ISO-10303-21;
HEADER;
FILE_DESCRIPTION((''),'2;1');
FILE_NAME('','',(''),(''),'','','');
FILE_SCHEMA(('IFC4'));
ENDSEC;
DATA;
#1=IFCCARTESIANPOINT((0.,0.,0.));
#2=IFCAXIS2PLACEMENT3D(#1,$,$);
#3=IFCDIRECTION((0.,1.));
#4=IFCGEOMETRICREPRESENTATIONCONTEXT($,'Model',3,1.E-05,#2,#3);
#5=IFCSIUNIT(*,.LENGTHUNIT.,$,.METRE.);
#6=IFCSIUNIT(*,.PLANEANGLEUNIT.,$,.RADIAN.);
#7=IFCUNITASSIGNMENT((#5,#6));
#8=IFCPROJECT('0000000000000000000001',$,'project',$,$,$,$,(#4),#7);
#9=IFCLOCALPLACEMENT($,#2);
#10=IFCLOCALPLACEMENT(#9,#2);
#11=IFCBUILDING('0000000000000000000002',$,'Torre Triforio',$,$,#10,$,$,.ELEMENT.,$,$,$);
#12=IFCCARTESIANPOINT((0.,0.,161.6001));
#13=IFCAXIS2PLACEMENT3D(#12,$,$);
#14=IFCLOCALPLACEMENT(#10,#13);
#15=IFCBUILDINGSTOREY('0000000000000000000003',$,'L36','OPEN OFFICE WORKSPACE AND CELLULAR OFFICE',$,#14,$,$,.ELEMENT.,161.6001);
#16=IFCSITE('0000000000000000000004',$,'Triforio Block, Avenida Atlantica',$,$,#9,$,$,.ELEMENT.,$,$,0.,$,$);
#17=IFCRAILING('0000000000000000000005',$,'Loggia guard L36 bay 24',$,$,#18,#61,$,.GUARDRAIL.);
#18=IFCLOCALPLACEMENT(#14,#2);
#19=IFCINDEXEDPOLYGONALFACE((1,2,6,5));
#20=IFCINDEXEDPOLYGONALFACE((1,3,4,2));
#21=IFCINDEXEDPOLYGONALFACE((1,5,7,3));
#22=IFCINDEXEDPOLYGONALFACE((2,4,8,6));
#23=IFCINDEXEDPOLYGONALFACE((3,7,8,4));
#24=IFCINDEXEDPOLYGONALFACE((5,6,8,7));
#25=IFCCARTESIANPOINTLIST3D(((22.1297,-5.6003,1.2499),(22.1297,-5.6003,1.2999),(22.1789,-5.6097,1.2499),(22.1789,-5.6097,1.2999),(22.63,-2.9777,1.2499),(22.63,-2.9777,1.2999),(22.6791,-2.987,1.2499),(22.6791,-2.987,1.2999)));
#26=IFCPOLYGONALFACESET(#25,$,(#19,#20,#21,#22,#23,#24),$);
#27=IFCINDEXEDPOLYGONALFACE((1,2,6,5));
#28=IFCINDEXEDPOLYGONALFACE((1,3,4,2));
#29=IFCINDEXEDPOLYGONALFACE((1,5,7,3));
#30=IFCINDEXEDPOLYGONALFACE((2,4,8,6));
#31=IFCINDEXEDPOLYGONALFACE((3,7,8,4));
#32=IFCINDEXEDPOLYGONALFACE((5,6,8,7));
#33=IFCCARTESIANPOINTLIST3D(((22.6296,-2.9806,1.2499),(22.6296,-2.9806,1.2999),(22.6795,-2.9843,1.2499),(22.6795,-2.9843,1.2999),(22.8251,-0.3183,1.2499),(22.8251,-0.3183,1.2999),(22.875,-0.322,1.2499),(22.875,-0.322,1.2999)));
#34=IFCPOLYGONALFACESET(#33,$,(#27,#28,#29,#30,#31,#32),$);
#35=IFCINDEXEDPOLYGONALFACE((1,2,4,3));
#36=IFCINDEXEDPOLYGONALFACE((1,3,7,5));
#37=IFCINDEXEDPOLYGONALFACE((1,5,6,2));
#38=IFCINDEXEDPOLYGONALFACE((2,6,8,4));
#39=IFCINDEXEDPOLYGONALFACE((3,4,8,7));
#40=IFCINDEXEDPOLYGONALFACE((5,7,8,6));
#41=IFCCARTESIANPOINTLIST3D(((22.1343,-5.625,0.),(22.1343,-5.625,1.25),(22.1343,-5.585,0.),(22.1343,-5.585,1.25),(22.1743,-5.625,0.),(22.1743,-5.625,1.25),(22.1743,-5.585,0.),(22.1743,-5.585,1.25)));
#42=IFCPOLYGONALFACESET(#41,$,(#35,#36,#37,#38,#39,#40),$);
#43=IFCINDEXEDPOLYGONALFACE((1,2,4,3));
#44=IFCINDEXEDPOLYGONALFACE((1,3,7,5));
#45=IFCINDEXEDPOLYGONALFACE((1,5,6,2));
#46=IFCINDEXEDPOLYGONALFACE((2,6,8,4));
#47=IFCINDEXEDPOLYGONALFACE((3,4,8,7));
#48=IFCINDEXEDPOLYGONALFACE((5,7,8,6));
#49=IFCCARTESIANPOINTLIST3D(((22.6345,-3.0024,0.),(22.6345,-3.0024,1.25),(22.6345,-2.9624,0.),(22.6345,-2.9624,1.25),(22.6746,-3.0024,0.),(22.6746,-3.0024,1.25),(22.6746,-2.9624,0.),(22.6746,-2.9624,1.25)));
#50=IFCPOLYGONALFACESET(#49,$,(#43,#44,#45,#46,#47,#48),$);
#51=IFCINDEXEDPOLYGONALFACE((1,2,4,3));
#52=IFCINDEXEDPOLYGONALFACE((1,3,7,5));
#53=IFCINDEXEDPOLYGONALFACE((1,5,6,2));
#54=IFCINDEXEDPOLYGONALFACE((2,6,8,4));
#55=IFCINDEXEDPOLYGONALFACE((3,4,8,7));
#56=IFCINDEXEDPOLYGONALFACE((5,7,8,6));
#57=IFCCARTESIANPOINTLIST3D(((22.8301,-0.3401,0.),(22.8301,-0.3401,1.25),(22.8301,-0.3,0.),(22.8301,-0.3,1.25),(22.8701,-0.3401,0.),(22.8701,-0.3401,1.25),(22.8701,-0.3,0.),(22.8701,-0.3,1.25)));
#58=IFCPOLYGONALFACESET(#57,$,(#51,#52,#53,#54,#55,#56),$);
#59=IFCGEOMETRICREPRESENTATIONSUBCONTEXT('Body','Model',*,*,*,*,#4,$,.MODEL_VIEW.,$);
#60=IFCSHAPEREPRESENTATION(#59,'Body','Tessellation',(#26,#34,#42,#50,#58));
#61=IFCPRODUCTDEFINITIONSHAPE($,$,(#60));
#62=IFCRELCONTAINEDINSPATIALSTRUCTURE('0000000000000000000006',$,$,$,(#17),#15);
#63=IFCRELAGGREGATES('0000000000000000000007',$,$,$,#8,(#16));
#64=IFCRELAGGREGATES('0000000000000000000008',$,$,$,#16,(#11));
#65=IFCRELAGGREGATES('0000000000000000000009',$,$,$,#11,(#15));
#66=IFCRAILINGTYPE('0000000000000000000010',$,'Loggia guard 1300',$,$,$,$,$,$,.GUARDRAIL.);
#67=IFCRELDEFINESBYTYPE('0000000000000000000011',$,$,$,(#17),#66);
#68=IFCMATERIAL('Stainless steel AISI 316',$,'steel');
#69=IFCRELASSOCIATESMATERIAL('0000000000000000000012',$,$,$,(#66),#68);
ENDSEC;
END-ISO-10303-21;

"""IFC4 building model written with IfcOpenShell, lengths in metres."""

from ifc_helpers import new_model, si_unit, direction, frame, origin, origin_2d, place, context, subcontext, project, spatial, rectangle, extrude, material, type_object, element, save


model = new_model("IFC4")

# Units and contexts
model_context = context("Model", 3, precision=1e-05, world=origin(), true_north=direction((0.0, 1.0)))
body_context = subcontext(model_context, "Body", "Model", "MODEL_VIEW")
ifc_project = project(units=[si_unit("LENGTHUNIT", "METRE"), si_unit("PLANEANGLEUNIT", "RADIAN")], contexts=[model_context])

# Site, building, storey
site_placement = place(None, origin())
site = spatial("IfcSite", under=ifc_project, at=site_placement, Name="Triforio Block, Avenida Atlantica", CompositionType="ELEMENT", RefElevation=0.0)
building_placement = place(site_placement, origin())
building = spatial("IfcBuilding", under=site, at=building_placement, Name="Torre Triforio", CompositionType="ELEMENT")
storey_placement = place(building_placement, frame((0.0, 0.0, 161.6001)))
storey = spatial("IfcBuildingStorey", under=building, at=storey_placement, Name="L36", Description="OPEN OFFICE WORKSPACE AND CELLULAR OFFICE", CompositionType="ELEMENT", Elevation=161.6001)

# Railing
ifc_material_1 = material(Name="Stainless steel AISI 316", Category="steel")
railing_type = type_object("IfcRailingType", Name="Loggia guard 1300", PredefinedType="GUARDRAIL", material=ifc_material_1)
railing_placement = place(storey_placement, frame((22.1543, -5.605, 0.0)))
element("IfcRailing", 1, at=railing_placement, inside=storey, type_object=railing_type, Name="Loggia guard L36 bay 24", PredefinedType="GUARDRAIL", context=body_context, shape_type="SweptSolid", body=[
    extrude(rectangle(XDim=0.05, YDim=0.05, at=origin_2d()), frame((0.0, 0.0, 1.2749), z_axis=(0.187368, 0.98229, 0.0), x_axis=(-0.98229, 0.187368, 0.0)), (0.0, 0.0, 1.0), 2.6699),
    extrude(rectangle(XDim=0.05, YDim=0.05, at=origin_2d()), frame((0.5002, 2.6226, 1.2749), z_axis=(0.073255, 0.997313, 0.0), x_axis=(-0.997313, 0.073255, 0.0)), (0.0, 0.0, 1.0), 2.6694),
    extrude(rectangle(XDim=0.04, YDim=0.04, at=origin_2d()), origin(), (0.0, 0.0, 1.0), 1.25),
    extrude(rectangle(XDim=0.04, YDim=0.04, at=origin_2d()), frame((0.5002, 2.6226, 0.0)), (0.0, 0.0, 1.0), 1.25),
    extrude(rectangle(XDim=0.04, YDim=0.04, at=origin_2d()), frame((0.6958, 5.2849, 0.0)), (0.0, 0.0, 1.0), 1.25),
])

save(model, "model.ifc")
